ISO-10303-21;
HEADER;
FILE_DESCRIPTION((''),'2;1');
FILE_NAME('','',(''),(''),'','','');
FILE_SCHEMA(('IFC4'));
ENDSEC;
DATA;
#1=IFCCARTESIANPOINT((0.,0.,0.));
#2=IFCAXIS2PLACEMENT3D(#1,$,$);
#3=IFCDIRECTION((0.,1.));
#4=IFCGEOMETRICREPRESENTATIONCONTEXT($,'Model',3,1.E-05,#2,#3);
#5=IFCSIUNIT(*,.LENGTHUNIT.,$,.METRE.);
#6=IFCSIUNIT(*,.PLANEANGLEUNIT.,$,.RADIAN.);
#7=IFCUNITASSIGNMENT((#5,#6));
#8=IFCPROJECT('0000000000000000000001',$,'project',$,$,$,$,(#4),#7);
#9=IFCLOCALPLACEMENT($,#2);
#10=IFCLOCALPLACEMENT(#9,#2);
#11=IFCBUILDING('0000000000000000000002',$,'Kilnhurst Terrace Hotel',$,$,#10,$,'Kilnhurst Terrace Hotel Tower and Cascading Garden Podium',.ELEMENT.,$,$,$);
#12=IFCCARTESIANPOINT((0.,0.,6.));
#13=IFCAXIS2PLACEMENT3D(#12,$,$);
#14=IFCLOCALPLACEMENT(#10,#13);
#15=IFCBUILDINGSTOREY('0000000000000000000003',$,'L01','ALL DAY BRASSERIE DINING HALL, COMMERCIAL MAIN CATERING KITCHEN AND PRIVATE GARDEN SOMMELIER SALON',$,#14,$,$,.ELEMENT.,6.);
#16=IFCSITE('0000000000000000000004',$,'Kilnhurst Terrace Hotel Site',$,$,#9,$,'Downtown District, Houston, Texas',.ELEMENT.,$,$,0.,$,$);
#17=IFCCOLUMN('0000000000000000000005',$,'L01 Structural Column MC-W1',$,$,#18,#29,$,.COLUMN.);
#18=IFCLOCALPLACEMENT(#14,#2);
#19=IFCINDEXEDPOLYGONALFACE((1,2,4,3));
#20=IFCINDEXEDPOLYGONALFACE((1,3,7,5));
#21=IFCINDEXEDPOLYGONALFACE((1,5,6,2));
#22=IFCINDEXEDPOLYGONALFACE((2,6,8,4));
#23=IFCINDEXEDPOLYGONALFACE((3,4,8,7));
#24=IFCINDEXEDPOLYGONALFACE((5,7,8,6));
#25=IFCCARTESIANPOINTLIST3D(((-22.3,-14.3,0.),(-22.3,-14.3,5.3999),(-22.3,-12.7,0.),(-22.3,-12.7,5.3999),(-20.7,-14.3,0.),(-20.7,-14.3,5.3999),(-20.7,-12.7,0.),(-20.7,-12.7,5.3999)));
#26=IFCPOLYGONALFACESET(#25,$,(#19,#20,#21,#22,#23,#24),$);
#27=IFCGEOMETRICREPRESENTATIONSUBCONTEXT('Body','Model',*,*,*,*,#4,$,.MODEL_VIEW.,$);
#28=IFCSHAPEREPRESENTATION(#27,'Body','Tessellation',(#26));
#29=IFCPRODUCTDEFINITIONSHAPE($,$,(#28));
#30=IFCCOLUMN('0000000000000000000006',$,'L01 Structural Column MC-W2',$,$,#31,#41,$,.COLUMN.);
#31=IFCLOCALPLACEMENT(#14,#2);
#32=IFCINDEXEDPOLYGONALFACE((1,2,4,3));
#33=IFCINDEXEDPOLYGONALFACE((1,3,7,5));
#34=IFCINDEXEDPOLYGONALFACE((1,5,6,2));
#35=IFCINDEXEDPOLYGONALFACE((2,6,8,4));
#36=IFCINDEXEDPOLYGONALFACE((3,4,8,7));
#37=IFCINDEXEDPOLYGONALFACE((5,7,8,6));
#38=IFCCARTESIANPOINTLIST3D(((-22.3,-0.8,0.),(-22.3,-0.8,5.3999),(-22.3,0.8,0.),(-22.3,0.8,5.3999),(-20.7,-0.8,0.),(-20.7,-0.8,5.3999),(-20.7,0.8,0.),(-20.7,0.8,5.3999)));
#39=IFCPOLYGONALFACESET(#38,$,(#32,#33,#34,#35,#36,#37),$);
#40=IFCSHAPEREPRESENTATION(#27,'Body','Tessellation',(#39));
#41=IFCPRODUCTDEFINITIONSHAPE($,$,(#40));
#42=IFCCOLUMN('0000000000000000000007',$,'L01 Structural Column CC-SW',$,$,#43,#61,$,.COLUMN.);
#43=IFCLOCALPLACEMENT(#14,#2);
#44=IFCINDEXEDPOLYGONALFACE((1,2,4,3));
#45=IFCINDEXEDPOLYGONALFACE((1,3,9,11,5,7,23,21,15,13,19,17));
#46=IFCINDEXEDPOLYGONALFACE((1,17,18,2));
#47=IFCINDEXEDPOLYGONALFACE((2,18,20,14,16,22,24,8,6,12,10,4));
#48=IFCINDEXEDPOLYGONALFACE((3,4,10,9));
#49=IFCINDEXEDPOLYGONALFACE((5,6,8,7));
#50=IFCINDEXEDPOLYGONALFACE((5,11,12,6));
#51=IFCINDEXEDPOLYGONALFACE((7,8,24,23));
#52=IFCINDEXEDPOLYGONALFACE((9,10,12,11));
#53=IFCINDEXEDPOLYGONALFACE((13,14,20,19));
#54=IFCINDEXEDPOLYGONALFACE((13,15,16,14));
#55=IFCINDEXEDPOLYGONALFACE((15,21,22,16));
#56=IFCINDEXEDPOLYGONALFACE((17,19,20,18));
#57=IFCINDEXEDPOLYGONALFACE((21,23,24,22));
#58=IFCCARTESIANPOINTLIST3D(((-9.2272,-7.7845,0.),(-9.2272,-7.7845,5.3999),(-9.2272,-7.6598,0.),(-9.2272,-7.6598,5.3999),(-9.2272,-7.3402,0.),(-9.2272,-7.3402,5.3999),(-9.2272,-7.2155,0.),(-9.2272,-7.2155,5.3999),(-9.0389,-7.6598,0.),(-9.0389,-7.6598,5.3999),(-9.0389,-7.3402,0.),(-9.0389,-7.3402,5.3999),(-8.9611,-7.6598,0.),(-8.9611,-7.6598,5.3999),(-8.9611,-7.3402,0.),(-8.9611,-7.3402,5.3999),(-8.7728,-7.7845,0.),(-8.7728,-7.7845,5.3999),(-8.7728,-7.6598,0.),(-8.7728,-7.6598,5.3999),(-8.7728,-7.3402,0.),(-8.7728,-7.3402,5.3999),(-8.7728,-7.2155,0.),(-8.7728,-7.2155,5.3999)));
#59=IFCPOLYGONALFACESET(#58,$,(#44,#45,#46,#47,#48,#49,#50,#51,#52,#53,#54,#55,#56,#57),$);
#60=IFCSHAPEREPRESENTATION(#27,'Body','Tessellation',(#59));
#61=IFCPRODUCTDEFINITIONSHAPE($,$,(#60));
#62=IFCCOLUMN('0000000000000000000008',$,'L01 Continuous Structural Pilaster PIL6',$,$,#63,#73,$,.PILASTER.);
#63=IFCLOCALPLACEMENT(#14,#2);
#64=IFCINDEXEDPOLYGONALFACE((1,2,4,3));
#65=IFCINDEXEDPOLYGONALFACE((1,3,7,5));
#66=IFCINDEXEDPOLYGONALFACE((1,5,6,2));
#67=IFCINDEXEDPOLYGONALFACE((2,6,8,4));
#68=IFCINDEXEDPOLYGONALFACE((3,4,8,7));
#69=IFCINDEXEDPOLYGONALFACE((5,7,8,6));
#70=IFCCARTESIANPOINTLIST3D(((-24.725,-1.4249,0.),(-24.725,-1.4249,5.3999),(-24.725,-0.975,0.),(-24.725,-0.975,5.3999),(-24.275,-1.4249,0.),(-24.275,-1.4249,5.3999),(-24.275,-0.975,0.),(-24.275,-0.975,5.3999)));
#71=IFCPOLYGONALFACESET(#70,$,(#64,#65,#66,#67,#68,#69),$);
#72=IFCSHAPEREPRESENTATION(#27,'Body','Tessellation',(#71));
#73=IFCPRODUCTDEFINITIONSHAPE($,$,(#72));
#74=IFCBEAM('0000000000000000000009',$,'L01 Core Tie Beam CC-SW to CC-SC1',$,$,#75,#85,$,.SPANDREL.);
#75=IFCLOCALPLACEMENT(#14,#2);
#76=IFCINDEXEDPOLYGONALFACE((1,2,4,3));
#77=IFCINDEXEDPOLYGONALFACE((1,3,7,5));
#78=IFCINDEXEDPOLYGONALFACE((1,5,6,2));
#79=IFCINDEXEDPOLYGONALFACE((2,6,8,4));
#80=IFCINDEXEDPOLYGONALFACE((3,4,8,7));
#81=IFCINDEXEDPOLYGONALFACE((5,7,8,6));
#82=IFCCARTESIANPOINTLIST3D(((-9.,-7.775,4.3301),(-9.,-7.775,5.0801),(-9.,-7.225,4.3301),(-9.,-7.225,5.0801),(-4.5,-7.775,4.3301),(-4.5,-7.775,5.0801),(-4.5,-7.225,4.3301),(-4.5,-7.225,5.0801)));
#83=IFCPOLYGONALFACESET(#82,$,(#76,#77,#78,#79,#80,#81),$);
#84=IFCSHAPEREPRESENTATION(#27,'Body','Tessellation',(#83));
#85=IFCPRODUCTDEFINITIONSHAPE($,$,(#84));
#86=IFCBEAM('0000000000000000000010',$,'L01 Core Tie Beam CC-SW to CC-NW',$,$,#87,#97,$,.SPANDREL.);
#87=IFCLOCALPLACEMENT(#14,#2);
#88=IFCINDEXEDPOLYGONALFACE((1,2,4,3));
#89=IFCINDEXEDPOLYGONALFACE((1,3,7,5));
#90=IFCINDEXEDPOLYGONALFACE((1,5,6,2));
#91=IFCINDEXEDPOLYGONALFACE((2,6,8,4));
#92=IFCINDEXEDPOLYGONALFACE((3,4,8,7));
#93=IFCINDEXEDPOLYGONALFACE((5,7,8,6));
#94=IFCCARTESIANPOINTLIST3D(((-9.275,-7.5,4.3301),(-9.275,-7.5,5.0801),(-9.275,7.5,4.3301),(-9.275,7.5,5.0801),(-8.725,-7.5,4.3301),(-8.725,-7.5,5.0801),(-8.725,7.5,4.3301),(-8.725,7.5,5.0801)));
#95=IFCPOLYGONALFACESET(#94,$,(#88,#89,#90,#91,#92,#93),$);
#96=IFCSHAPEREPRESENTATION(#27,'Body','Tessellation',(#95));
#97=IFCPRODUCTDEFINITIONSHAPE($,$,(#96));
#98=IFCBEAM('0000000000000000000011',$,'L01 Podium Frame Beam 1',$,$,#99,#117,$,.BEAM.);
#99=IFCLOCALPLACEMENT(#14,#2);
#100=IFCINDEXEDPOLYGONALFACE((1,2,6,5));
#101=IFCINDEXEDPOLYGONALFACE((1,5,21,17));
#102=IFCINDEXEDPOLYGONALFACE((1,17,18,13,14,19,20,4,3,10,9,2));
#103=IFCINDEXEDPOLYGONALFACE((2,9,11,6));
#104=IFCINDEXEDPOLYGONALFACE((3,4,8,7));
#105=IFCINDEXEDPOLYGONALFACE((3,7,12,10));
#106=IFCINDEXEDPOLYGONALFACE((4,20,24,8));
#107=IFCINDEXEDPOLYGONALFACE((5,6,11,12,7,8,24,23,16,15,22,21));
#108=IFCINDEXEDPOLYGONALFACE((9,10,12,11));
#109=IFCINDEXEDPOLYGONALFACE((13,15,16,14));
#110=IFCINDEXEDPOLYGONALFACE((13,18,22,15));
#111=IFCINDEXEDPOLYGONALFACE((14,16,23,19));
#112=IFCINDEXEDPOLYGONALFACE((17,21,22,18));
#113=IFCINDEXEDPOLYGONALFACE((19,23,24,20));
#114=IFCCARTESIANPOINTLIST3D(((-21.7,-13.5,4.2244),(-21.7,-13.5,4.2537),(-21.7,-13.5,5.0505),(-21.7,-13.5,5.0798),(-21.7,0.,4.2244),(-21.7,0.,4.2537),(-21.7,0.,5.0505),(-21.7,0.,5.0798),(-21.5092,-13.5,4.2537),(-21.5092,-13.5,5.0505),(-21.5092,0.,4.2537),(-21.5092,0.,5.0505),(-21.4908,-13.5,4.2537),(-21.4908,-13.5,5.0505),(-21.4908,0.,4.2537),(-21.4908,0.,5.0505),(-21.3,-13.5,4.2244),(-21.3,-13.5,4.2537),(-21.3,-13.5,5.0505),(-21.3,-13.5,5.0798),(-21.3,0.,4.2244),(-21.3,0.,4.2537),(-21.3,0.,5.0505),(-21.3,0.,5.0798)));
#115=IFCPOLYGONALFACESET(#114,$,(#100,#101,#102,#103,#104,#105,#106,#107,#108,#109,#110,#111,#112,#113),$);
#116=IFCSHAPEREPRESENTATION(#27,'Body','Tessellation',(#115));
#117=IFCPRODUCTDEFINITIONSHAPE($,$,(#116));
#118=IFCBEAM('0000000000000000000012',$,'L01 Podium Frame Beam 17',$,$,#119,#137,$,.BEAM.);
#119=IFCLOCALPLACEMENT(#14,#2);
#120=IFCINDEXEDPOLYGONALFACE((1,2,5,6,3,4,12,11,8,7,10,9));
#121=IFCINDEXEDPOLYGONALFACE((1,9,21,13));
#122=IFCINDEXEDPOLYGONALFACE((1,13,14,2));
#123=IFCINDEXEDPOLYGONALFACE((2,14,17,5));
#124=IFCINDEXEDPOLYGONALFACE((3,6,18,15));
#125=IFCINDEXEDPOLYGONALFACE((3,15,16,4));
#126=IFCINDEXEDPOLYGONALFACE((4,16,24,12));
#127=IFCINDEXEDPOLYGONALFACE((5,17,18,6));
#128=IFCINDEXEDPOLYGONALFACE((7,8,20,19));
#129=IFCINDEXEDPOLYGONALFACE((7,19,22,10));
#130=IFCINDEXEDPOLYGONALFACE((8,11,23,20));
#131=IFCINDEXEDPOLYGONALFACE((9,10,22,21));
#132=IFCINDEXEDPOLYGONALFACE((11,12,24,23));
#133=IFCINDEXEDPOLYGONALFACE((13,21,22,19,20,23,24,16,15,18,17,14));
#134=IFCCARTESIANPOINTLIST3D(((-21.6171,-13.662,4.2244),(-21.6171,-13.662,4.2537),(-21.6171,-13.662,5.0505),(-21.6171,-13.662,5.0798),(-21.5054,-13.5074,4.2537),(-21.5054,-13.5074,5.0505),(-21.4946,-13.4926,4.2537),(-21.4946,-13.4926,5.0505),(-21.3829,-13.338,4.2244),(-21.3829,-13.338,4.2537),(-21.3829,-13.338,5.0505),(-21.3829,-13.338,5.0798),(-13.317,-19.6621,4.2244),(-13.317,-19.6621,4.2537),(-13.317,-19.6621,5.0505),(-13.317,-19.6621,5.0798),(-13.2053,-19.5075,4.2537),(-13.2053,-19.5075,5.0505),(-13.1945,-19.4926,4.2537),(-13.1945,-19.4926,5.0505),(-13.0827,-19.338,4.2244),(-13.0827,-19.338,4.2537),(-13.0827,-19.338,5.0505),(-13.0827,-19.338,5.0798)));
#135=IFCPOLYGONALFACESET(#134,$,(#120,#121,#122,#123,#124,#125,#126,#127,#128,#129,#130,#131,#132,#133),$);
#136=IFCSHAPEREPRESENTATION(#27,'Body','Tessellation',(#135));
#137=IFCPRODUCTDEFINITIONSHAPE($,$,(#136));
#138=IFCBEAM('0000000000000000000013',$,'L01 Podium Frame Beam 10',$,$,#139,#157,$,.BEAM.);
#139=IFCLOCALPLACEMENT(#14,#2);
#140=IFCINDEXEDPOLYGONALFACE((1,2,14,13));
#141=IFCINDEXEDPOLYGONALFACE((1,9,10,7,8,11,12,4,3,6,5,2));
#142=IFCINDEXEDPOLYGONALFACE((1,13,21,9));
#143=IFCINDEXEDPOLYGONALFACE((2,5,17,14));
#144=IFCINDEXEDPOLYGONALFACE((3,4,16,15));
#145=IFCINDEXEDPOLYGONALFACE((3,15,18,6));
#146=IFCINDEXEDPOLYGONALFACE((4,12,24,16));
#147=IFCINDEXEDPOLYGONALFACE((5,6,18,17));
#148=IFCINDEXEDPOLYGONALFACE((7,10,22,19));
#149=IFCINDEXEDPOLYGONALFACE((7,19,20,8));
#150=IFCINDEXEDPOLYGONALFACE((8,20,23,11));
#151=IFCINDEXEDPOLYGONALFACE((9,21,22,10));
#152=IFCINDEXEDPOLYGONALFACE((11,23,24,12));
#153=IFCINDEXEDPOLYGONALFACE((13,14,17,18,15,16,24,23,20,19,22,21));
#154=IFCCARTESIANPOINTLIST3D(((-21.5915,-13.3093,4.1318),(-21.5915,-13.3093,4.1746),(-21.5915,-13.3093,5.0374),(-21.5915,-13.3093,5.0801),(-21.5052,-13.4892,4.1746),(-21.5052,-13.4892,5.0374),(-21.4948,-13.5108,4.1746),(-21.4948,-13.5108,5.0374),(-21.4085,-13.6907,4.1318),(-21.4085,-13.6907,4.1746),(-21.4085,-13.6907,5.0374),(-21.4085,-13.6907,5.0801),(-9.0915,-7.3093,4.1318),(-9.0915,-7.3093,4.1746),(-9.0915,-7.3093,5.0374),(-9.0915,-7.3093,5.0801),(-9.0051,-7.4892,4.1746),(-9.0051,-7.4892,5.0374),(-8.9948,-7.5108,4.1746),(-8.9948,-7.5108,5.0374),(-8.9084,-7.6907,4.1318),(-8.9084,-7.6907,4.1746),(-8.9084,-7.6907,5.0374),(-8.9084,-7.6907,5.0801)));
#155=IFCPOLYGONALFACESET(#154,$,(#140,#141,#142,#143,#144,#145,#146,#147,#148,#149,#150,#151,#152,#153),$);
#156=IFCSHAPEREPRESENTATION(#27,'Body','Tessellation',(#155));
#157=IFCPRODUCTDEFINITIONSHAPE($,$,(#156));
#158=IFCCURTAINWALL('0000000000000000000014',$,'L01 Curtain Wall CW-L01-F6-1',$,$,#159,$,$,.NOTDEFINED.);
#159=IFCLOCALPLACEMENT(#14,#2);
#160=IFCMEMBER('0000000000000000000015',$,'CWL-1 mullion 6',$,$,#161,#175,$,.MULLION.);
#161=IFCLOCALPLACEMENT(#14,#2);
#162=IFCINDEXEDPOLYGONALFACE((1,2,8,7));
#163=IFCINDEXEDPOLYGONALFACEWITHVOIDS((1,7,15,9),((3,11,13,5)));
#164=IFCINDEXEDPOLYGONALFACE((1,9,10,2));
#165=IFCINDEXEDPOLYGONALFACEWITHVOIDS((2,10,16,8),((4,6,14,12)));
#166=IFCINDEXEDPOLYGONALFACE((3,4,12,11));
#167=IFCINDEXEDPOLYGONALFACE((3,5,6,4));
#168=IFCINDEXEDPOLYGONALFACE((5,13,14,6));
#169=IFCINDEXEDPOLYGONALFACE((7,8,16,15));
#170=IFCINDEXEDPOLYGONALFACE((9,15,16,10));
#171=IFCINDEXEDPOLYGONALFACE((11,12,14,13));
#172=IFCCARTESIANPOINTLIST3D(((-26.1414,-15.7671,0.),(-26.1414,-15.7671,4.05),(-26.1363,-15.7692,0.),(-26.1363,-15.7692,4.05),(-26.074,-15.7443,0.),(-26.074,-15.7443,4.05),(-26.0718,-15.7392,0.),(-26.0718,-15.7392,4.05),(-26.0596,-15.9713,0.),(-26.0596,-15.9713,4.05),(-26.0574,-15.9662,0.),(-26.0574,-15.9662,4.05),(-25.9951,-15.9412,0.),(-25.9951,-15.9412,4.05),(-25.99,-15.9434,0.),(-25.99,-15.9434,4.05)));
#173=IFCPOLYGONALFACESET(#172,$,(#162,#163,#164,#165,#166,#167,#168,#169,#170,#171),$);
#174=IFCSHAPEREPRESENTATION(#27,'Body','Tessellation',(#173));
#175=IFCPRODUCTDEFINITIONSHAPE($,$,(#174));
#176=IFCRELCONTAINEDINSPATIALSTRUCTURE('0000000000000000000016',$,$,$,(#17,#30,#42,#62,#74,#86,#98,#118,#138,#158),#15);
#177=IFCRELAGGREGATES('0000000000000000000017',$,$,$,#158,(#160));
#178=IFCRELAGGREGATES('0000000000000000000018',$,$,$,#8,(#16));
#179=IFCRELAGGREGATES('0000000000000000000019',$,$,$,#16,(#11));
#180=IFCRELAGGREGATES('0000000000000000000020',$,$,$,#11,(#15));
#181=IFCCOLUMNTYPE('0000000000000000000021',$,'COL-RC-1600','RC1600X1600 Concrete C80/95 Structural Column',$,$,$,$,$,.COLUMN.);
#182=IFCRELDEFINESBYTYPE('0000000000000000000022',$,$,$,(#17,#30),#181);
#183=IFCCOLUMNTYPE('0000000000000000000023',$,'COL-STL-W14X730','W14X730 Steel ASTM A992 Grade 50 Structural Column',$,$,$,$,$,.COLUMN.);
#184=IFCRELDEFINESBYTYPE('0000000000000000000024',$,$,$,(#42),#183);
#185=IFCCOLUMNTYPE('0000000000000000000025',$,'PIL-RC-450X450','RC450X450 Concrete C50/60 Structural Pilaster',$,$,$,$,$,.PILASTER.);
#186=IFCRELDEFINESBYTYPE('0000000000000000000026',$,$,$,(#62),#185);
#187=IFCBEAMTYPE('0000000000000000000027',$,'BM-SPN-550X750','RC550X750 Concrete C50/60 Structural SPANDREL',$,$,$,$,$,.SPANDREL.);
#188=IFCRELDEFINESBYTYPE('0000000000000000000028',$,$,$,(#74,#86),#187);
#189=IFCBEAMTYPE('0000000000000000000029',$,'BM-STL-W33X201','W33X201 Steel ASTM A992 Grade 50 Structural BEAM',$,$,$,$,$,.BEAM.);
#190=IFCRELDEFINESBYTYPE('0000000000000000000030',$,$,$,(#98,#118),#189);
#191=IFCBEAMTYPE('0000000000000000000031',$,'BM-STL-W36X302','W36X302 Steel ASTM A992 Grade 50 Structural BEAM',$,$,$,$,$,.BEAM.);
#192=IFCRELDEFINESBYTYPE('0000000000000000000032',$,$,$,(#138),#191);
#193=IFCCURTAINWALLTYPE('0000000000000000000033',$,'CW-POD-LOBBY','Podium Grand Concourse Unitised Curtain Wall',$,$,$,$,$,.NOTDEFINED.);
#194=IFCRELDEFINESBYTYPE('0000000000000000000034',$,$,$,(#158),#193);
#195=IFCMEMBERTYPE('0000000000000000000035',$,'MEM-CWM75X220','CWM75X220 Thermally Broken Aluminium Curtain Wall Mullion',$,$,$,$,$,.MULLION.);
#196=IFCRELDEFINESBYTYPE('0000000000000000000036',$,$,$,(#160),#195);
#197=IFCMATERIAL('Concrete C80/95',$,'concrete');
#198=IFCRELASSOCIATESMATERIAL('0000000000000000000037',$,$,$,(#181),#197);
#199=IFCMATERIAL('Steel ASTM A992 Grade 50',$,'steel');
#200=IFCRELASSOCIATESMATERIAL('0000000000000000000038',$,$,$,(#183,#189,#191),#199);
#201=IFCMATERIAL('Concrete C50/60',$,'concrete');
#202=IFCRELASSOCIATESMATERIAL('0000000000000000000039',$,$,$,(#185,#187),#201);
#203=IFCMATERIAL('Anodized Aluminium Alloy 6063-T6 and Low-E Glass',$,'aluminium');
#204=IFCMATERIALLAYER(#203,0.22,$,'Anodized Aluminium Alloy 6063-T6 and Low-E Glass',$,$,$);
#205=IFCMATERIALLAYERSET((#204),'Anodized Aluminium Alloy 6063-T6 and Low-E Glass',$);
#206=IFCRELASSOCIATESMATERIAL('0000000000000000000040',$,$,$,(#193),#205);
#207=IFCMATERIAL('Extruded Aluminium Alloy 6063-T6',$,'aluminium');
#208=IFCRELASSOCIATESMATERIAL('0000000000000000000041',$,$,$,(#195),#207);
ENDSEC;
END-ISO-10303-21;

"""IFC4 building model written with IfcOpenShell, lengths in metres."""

from ifc_helpers import new_model, si_unit, direction, frame, origin, origin_2d, place, context, subcontext, project, spatial, rectangle, hollow_rectangle, i_section, extrude, material, layer, layer_set, material_profile, profile_set, type_object, element, aggregate, save


model = new_model("IFC4")

# Units and contexts
model_context = context("Model", 3, precision=1e-05, world=origin(), true_north=direction((0.0, 1.0)))
body_context = subcontext(model_context, "Body", "Model", "MODEL_VIEW")
ifc_project = project(units=[si_unit("LENGTHUNIT", "METRE"), si_unit("PLANEANGLEUNIT", "RADIAN")], contexts=[model_context])

# Site, building, storey
site_placement = place(None, origin())
site = spatial("IfcSite", under=ifc_project, at=site_placement, Name="Kilnhurst Terrace Hotel Site", LongName="Downtown District, Houston, Texas", CompositionType="ELEMENT", RefElevation=0.0)
building_placement = place(site_placement, origin())
building = spatial("IfcBuilding", under=site, at=building_placement, Name="Kilnhurst Terrace Hotel", LongName="Kilnhurst Terrace Hotel Tower and Cascading Garden Podium", CompositionType="ELEMENT")
storey_placement = place(building_placement, frame((0.0, 0.0, 6.0)))
storey = spatial("IfcBuildingStorey", under=building, at=storey_placement, Name="L01", Description="ALL DAY BRASSERIE DINING HALL, COMMERCIAL MAIN CATERING KITCHEN AND PRIVATE GARDEN SOMMELIER SALON", CompositionType="ELEMENT", Elevation=6.0)

# Columns
ifc_material_1 = material(Name="Concrete C80/95", Category="concrete")
ifc_material_profile_1 = material_profile(ifc_material_1, rectangle(XDim=1.6001, YDim=1.6001, at=origin_2d()), Name="RC1600X1600")
ifc_profile_set_1 = profile_set([ifc_material_profile_1], Name="Concrete C80/95")
column_type_1 = type_object("IfcColumnType", Name="COL-RC-1600", Description="RC1600X1600 Concrete C80/95 Structural Column", PredefinedType="COLUMN", material=ifc_profile_set_1)
for number, where, z_axis, x_axis, name in (
    (1, (-21.5, -13.5, 0.0), (0.0, 0.0, 1.0), (1.0, 0.0, 0.0), "L01 Structural Column MC-W1"),
    (2, (-21.5, 0.0, 0.0), (0.0, 0.0, 1.0), (1.0, 0.0, 0.0), "L01 Structural Column MC-W2"),
):
    element("IfcColumn", number, at=place(storey_placement, frame(where, z_axis=z_axis, x_axis=x_axis)), inside=storey, type_object=column_type_1, Name=name, PredefinedType="COLUMN", context=body_context, shape_type="SweptSolid", body=[
        extrude(rectangle(XDim=1.6001, YDim=1.6001, at=origin_2d()), origin(), (0.0, 0.0, 1.0), 5.3999),
    ])
ifc_material_2 = material(Name="Steel ASTM A992 Grade 50", Category="steel")
ifc_material_profile_2 = material_profile(ifc_material_2, i_section(OverallWidth=0.4543, OverallDepth=0.5691, WebThickness=0.0779, FlangeThickness=0.1248, at=origin_2d()), Name="W14X730")
ifc_profile_set_2 = profile_set([ifc_material_profile_2], Name="Steel ASTM A992 Grade 50")
column_type_2 = type_object("IfcColumnType", Name="COL-STL-W14X730", Description="W14X730 Steel ASTM A992 Grade 50 Structural Column", PredefinedType="COLUMN", material=ifc_profile_set_2)
column_1_placement = place(storey_placement, frame((-9.0, -7.5, 0.0), z_axis=(0.0, 0.0, 1.0), x_axis=(1.0, 0.0, 0.0)))
element("IfcColumn", 3, at=column_1_placement, inside=storey, type_object=column_type_2, Name="L01 Structural Column CC-SW", PredefinedType="COLUMN", context=body_context, shape_type="SweptSolid", body=[
    extrude(i_section(OverallWidth=0.4543, OverallDepth=0.5691, WebThickness=0.0779, FlangeThickness=0.1248, at=origin_2d()), origin(), (0.0, 0.0, 1.0), 5.3999),
])
ifc_material_3 = material(Name="Concrete C50/60", Category="concrete")
ifc_material_profile_3 = material_profile(ifc_material_3, rectangle(XDim=0.45, YDim=0.45, at=origin_2d()), Name="RC450X450")
ifc_profile_set_3 = profile_set([ifc_material_profile_3], Name="Concrete C50/60")
column_type_3 = type_object("IfcColumnType", Name="PIL-RC-450X450", Description="RC450X450 Concrete C50/60 Structural Pilaster", PredefinedType="PILASTER", material=ifc_profile_set_3)
column_2_placement = place(storey_placement, frame((-24.5, -1.2, 0.0), z_axis=(0.0, 0.0, 1.0), x_axis=(1.0, 0.0, 0.0)))
element("IfcColumn", 4, at=column_2_placement, inside=storey, type_object=column_type_3, Name="L01 Continuous Structural Pilaster PIL6", PredefinedType="PILASTER", context=body_context, shape_type="SweptSolid", body=[
    extrude(rectangle(XDim=0.45, YDim=0.45, at=origin_2d()), origin(), (0.0, 0.0, 1.0), 5.3999),
])

# Beams
ifc_material_profile_4 = material_profile(ifc_material_3, rectangle(XDim=0.55, YDim=0.75, at=origin_2d()), Name="RC550X750")
ifc_profile_set_4 = profile_set([ifc_material_profile_4], Name="Concrete C50/60")
beam_type_1 = type_object("IfcBeamType", Name="BM-SPN-550X750", Description="RC550X750 Concrete C50/60 Structural SPANDREL", PredefinedType="SPANDREL", material=ifc_profile_set_4)
beam_1_placement = place(storey_placement, frame((-9.0, -7.5, 4.7051), z_axis=(1.0, 0.0, 0.0), x_axis=(0.0, 1.0, 0.0)))
element("IfcBeam", 5, at=beam_1_placement, inside=storey, type_object=beam_type_1, Name="L01 Core Tie Beam CC-SW to CC-SC1", PredefinedType="SPANDREL", context=body_context, shape_type="SweptSolid", body=[
    extrude(rectangle(XDim=0.55, YDim=0.75, at=origin_2d()), origin(), (0.0, 0.0, 1.0), 4.5),
])
beam_2_placement = place(storey_placement, frame((-9.0, -7.5, 4.7051), z_axis=(0.0, 1.0, 0.0), x_axis=(-1.0, 0.0, 0.0)))
element("IfcBeam", 6, at=beam_2_placement, inside=storey, type_object=beam_type_1, Name="L01 Core Tie Beam CC-SW to CC-NW", PredefinedType="SPANDREL", context=body_context, shape_type="SweptSolid", body=[
    extrude(rectangle(XDim=0.55, YDim=0.75, at=origin_2d()), origin(), (0.0, 0.0, 1.0), 15.0),
])
ifc_material_profile_5 = material_profile(ifc_material_2, i_section(OverallWidth=0.3999, OverallDepth=0.8555, WebThickness=0.0183, FlangeThickness=0.0293, at=origin_2d()), Name="W33X201")
ifc_profile_set_5 = profile_set([ifc_material_profile_5], Name="Steel ASTM A992 Grade 50")
beam_type_2 = type_object("IfcBeamType", Name="BM-STL-W33X201", Description="W33X201 Steel ASTM A992 Grade 50 Structural BEAM", PredefinedType="BEAM", material=ifc_profile_set_5)
beam_3_placement = place(storey_placement, frame((-21.5, -13.5, 4.6521), z_axis=(0.0, 1.0, 0.0), x_axis=(-1.0, 0.0, 0.0)))
element("IfcBeam", 7, at=beam_3_placement, inside=storey, type_object=beam_type_2, Name="L01 Podium Frame Beam 1", PredefinedType="BEAM", context=body_context, shape_type="SweptSolid", body=[
    extrude(i_section(OverallWidth=0.3999, OverallDepth=0.8555, WebThickness=0.0183, FlangeThickness=0.0293, at=origin_2d()), origin(), (0.0, 0.0, 1.0), 13.5),
])
beam_4_placement = place(storey_placement, frame((-21.5, -13.5, 4.6521), z_axis=(0.810423, -0.585845, 0.0), x_axis=(0.585845, 0.810423, 0.0)))
element("IfcBeam", 8, at=beam_4_placement, inside=storey, type_object=beam_type_2, Name="L01 Podium Frame Beam 17", PredefinedType="BEAM", context=body_context, shape_type="SweptSolid", body=[
    extrude(i_section(OverallWidth=0.3999, OverallDepth=0.8555, WebThickness=0.0183, FlangeThickness=0.0293, at=origin_2d()), origin(), (0.0, 0.0, 1.0), 10.2417),
])
ifc_material_profile_6 = material_profile(ifc_material_2, i_section(OverallWidth=0.4231, OverallDepth=0.9482, WebThickness=0.0239, FlangeThickness=0.0427, at=origin_2d()), Name="W36X302")
ifc_profile_set_6 = profile_set([ifc_material_profile_6], Name="Steel ASTM A992 Grade 50")
beam_type_3 = type_object("IfcBeamType", Name="BM-STL-W36X302", Description="W36X302 Steel ASTM A992 Grade 50 Structural BEAM", PredefinedType="BEAM", material=ifc_profile_set_6)
beam_5_placement = place(storey_placement, frame((-21.5, -13.5, 4.606), z_axis=(0.901523, 0.432731, 0.0), x_axis=(-0.432731, 0.901523, 0.0)))
element("IfcBeam", 9, at=beam_5_placement, inside=storey, type_object=beam_type_3, Name="L01 Podium Frame Beam 10", PredefinedType="BEAM", context=body_context, shape_type="SweptSolid", body=[
    extrude(i_section(OverallWidth=0.4231, OverallDepth=0.9482, WebThickness=0.0239, FlangeThickness=0.0427, at=origin_2d()), origin(), (0.0, 0.0, 1.0), 13.8655),
])

# Curtain wall, member
ifc_material_4 = material(Name="Anodized Aluminium Alloy 6063-T6 and Low-E Glass", Category="aluminium")
ifc_layer_1 = layer(ifc_material_4, 0.22, Name="Anodized Aluminium Alloy 6063-T6 and Low-E Glass")
ifc_layer_set_1 = layer_set([ifc_layer_1], Name="Anodized Aluminium Alloy 6063-T6 and Low-E Glass")
curtain_wall_type = type_object("IfcCurtainWallType", Name="CW-POD-LOBBY", Description="Podium Grand Concourse Unitised Curtain Wall", PredefinedType="NOTDEFINED", material=ifc_layer_set_1)
curtain_wall_placement = place(storey_placement, origin())
curtain_wall = element("IfcCurtainWall", 10, at=curtain_wall_placement, inside=storey, type_object=curtain_wall_type, Name="L01 Curtain Wall CW-L01-F6-1", PredefinedType="NOTDEFINED")
ifc_material_5 = material(Name="Extruded Aluminium Alloy 6063-T6", Category="aluminium")
ifc_material_profile_7 = material_profile(ifc_material_5, hollow_rectangle(XDim=0.075, YDim=0.22, WallThickness=0.0039, at=origin_2d()), Name="CWM75X220")
ifc_profile_set_7 = profile_set([ifc_material_profile_7], Name="Extruded Aluminium Alloy 6063-T6")
member_type = type_object("IfcMemberType", Name="MEM-CWM75X220", Description="CWM75X220 Thermally Broken Aluminium Curtain Wall Mullion", PredefinedType="MULLION", material=ifc_profile_set_7)
member_placement = place(storey_placement, frame((-26.0657, -15.8552, 0.0), z_axis=(0.0, 0.0, 1.0), x_axis=(0.928251, 0.371955, 0.0)))
member = element("IfcMember", 11, at=member_placement, type_object=member_type, Name="CWL-1 mullion 6", PredefinedType="MULLION", context=body_context, shape_type="SweptSolid", body=[
    extrude(hollow_rectangle(XDim=0.075, YDim=0.22, WallThickness=0.0039, at=origin_2d()), origin(), (0.0, 0.0, 1.0), 4.05),
])
aggregate(curtain_wall, [member])

save(model, "model.ifc")
